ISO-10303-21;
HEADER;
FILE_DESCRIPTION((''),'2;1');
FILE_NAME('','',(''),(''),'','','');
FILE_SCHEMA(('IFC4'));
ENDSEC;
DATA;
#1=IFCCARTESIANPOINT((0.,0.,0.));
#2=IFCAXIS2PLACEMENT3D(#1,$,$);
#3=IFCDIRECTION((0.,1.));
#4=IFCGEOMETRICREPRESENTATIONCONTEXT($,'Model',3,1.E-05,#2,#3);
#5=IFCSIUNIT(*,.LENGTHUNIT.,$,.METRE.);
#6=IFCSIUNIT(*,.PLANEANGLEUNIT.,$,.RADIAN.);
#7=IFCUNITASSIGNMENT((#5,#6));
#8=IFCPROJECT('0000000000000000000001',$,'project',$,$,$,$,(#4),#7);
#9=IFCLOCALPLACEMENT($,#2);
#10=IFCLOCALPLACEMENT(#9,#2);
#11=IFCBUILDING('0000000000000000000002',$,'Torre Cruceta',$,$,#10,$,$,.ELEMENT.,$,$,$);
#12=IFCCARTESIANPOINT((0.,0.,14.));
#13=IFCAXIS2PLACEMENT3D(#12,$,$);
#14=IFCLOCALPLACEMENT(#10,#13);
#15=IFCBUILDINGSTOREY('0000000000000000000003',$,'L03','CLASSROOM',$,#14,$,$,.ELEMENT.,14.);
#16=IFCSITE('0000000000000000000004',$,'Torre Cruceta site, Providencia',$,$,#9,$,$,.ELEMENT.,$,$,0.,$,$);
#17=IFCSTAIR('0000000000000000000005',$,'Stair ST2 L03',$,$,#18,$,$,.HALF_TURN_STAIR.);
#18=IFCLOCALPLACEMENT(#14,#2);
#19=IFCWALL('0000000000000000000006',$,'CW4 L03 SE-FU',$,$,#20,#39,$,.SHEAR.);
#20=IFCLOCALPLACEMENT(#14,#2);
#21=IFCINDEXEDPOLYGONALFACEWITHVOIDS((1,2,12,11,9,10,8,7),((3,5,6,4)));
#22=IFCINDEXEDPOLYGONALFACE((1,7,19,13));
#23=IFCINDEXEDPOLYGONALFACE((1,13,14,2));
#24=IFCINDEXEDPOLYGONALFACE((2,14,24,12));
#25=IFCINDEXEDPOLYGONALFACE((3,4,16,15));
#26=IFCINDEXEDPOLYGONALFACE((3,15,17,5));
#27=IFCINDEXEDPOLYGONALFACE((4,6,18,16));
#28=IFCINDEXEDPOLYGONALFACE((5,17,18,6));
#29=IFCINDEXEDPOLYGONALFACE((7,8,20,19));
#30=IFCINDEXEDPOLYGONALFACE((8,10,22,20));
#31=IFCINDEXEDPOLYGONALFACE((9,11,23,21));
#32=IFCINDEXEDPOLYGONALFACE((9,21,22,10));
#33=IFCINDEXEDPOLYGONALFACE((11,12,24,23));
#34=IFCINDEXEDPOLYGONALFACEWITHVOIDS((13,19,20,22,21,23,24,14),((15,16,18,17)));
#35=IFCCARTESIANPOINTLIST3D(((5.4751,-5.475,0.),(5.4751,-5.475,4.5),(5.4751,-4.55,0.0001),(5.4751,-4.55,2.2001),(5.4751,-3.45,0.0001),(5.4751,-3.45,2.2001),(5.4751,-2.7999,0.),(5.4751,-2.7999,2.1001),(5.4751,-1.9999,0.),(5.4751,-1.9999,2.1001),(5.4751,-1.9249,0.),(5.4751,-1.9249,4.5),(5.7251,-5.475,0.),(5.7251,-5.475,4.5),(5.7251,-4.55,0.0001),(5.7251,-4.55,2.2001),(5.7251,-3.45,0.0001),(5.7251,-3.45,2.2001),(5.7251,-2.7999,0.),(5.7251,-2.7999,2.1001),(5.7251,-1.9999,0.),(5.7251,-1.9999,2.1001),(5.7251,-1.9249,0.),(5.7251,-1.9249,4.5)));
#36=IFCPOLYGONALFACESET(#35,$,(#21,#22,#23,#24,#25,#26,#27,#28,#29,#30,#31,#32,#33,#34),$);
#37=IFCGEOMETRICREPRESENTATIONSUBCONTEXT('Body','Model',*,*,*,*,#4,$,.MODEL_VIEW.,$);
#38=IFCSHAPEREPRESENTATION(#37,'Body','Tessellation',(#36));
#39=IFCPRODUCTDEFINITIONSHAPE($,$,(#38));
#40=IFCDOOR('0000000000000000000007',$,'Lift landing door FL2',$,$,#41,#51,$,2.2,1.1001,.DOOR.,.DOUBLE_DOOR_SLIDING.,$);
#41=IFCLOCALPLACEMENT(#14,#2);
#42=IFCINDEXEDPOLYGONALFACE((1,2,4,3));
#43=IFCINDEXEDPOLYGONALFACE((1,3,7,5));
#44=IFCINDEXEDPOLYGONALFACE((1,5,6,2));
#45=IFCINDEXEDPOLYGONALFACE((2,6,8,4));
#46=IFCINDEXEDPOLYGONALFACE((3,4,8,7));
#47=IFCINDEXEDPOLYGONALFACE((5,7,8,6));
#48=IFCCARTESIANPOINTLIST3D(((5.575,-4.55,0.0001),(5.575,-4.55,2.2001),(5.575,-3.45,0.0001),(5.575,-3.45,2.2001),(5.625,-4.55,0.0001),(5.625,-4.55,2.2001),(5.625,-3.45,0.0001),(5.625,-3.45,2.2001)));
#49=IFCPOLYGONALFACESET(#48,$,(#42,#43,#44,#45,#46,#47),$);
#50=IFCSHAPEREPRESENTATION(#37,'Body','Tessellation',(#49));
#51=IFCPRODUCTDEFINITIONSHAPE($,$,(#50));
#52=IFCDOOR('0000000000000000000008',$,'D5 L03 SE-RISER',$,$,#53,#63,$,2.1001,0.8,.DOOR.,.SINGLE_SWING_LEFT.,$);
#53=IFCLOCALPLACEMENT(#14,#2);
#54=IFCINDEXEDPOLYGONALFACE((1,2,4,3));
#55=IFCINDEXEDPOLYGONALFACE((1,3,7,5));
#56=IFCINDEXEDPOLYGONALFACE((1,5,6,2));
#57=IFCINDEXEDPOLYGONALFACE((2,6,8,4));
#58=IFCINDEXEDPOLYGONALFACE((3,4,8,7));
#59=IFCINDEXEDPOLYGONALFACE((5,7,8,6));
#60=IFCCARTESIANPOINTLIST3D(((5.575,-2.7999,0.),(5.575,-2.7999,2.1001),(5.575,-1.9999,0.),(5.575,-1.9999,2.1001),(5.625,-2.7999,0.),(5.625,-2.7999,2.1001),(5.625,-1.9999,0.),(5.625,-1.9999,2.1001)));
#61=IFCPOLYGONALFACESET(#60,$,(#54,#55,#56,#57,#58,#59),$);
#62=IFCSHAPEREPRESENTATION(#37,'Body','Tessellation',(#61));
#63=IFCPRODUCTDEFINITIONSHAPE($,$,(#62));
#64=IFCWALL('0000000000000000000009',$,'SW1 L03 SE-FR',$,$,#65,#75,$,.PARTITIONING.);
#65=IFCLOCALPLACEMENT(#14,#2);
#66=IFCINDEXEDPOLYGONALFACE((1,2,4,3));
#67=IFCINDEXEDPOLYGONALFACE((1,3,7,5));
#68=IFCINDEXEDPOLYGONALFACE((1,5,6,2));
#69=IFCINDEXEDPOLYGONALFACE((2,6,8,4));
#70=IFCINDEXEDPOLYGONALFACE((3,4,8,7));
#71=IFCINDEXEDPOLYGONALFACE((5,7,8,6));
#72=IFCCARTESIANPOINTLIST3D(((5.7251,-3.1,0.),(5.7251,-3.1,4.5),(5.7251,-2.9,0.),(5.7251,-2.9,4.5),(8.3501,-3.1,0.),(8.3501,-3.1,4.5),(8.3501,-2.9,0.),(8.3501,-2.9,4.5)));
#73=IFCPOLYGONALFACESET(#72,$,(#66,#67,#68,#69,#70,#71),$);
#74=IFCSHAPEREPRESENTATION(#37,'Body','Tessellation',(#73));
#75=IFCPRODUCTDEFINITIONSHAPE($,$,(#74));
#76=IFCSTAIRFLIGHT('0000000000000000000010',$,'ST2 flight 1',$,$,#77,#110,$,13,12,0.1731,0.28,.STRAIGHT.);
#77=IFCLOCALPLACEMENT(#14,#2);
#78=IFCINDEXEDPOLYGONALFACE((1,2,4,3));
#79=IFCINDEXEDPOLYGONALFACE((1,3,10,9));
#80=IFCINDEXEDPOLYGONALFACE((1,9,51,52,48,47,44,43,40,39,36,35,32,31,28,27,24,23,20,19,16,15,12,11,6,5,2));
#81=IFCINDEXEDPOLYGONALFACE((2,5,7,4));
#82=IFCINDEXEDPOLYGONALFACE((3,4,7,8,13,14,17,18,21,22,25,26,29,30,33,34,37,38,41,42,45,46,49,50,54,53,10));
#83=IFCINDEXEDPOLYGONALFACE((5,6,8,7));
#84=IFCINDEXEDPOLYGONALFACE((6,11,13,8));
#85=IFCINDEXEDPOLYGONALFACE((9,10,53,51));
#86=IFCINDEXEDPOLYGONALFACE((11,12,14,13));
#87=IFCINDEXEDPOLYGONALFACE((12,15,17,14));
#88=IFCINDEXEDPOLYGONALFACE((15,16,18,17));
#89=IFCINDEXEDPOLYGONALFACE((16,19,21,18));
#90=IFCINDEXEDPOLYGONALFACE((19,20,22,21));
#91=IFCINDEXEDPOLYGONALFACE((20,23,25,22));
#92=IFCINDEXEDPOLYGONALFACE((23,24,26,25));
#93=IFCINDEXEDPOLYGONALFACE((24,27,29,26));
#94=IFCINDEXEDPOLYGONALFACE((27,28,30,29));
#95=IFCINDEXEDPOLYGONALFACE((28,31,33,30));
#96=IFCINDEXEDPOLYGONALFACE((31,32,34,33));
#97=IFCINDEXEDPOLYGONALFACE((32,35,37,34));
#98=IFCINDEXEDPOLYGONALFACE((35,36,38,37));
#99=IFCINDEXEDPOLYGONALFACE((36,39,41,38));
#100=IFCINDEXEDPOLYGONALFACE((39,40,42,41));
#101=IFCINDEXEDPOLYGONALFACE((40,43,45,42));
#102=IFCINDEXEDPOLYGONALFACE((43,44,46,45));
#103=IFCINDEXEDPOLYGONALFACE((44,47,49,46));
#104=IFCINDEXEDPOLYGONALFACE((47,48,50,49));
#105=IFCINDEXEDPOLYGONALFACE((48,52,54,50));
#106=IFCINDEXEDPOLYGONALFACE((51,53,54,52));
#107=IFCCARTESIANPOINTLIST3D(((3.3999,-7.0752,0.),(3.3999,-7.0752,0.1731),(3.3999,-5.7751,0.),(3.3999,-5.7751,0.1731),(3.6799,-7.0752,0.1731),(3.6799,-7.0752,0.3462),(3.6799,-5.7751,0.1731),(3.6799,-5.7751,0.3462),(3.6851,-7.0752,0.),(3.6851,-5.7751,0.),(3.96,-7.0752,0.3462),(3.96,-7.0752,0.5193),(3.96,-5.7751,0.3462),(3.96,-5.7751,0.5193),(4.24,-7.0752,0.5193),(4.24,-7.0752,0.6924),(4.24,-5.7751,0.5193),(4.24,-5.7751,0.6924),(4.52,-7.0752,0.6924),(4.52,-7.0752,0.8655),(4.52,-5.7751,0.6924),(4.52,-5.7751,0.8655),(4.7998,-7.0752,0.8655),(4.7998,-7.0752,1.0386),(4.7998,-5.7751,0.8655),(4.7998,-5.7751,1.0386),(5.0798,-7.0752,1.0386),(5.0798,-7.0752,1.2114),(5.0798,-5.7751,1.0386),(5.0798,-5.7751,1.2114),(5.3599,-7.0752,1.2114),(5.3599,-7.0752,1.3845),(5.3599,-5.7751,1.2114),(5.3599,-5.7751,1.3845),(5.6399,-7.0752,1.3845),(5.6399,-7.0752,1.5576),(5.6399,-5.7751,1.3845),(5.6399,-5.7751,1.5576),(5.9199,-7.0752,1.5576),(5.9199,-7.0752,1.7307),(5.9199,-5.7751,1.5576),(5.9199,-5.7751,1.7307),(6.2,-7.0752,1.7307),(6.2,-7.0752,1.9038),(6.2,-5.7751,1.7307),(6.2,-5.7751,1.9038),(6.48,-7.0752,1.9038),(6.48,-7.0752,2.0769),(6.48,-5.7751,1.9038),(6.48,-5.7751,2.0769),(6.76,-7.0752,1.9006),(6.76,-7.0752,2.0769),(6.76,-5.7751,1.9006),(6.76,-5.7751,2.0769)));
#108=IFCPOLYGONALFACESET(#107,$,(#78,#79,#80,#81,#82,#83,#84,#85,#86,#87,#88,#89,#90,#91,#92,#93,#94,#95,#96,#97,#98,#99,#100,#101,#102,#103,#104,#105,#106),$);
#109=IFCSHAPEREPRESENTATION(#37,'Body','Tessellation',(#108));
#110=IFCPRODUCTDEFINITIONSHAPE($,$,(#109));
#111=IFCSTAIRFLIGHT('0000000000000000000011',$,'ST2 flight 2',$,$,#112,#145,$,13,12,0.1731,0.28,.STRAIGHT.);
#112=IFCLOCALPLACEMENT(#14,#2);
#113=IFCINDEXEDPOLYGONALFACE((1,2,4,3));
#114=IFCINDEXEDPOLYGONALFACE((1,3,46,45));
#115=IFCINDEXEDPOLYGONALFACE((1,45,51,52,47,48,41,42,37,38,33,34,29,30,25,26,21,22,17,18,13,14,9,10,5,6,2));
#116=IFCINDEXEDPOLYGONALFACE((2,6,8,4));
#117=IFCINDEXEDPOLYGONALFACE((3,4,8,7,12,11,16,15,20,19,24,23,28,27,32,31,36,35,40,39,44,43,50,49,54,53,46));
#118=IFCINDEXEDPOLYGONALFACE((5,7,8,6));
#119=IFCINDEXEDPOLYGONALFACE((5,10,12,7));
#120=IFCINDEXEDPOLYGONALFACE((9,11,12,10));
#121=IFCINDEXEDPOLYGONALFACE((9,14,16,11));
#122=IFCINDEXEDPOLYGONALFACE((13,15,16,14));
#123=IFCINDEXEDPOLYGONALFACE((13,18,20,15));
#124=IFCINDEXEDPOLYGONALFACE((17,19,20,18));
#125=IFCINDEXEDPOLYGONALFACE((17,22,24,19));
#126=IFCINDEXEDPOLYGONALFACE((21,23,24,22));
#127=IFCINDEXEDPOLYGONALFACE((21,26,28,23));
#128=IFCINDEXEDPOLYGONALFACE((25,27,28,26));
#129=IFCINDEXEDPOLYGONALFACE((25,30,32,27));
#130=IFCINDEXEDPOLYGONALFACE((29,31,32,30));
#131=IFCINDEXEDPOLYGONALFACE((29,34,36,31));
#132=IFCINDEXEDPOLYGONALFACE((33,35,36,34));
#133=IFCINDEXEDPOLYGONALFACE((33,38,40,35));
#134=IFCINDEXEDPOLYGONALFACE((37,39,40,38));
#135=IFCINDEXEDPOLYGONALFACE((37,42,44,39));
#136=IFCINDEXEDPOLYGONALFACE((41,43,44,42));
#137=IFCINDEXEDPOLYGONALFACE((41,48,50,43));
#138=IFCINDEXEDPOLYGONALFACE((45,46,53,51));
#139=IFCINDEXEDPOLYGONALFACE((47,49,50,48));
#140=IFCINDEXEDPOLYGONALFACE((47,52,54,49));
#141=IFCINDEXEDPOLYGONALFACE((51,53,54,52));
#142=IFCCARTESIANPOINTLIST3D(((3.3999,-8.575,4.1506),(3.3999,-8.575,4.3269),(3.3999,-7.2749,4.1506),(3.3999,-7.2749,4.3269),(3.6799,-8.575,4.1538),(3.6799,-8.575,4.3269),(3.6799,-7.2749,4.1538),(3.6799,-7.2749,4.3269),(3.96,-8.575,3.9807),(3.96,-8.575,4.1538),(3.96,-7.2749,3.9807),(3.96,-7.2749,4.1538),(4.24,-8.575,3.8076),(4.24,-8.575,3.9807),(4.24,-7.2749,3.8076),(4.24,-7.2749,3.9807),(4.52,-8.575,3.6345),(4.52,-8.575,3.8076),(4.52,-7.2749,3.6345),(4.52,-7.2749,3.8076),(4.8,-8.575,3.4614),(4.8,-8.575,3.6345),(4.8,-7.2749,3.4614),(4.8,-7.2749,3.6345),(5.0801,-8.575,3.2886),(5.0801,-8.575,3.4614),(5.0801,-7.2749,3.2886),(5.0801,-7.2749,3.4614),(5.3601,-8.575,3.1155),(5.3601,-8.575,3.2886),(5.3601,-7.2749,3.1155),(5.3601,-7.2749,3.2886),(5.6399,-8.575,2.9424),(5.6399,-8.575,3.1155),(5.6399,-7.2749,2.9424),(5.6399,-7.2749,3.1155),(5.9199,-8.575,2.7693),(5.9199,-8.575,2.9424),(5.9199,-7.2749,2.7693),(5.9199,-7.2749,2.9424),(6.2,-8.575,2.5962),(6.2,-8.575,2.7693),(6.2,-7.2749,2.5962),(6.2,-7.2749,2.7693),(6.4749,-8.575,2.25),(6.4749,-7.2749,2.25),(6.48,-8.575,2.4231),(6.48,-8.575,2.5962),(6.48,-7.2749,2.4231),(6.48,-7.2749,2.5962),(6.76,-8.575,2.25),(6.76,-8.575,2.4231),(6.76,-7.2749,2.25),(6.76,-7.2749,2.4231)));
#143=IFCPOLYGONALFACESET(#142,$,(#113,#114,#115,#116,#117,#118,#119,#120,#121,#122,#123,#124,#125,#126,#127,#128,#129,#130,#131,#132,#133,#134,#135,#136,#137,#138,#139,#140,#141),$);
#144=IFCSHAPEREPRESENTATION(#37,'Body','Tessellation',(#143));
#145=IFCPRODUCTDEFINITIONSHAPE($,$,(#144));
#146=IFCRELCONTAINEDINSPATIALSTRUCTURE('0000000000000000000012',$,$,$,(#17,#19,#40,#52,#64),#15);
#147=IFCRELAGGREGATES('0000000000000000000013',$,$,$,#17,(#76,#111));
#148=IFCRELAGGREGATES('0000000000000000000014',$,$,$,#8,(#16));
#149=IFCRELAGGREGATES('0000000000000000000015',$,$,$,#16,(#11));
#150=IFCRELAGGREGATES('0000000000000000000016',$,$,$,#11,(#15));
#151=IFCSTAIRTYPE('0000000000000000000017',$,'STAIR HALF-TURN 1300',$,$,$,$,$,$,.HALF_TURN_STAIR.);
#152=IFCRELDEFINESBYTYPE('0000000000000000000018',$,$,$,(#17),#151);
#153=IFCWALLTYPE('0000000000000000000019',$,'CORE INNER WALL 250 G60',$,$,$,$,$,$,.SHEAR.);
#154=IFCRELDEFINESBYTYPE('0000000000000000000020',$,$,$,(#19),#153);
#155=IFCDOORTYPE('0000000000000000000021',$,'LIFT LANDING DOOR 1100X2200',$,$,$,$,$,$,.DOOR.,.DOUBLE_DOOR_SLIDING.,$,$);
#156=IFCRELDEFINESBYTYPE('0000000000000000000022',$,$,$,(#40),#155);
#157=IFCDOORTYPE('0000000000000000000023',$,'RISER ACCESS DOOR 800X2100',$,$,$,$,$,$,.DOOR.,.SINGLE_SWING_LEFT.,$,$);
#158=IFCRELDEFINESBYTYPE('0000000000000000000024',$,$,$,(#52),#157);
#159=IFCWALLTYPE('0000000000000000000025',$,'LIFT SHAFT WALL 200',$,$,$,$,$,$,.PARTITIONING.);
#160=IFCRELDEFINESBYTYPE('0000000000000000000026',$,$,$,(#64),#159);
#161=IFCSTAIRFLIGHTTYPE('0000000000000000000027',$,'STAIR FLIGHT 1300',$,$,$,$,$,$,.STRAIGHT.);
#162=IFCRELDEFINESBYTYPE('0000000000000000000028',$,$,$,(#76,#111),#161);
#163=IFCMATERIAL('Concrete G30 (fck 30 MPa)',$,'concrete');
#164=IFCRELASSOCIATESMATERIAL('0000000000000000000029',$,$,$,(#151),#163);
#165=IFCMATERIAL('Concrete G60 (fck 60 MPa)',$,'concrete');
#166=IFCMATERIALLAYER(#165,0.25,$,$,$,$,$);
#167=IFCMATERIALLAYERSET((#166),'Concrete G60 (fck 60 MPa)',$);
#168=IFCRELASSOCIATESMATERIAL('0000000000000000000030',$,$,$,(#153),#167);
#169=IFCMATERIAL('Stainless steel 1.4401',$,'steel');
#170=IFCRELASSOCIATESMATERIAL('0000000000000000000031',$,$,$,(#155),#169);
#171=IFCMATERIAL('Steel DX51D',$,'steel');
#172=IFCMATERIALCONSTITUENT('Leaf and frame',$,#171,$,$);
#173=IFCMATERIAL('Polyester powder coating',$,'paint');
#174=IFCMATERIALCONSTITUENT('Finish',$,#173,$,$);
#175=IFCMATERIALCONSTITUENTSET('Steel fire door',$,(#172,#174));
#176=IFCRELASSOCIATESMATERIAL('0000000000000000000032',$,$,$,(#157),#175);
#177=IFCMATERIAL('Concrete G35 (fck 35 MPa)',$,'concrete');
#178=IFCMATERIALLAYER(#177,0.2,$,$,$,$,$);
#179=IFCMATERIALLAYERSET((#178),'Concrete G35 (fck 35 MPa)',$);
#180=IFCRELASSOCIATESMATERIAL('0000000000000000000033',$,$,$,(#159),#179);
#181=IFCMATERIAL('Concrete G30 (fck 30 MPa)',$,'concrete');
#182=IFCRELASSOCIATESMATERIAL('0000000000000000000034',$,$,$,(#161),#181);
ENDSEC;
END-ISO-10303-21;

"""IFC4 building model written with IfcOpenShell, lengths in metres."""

from ifc_helpers import new_model, si_unit, direction, frame, frame_2d, origin, place, context, subcontext, project, spatial, polyline, rectangle, outline, extrude, material, layer, layer_set, constituent, constituent_set, type_object, element, fill, aggregate, save


model = new_model("IFC4")

# Units and contexts
model_context = context("Model", 3, precision=1e-05, world=origin(), true_north=direction((0.0, 1.0)))
body_context = subcontext(model_context, "Body", "Model", "MODEL_VIEW")
ifc_project = project(units=[si_unit("LENGTHUNIT", "METRE"), si_unit("PLANEANGLEUNIT", "RADIAN")], contexts=[model_context])

# Site, building, storey
site_placement = place(None, origin())
site = spatial("IfcSite", under=ifc_project, at=site_placement, Name="Torre Cruceta site, Providencia", CompositionType="ELEMENT", RefElevation=0.0)
building_placement = place(site_placement, origin())
building = spatial("IfcBuilding", under=site, at=building_placement, Name="Torre Cruceta", CompositionType="ELEMENT")
storey_placement = place(building_placement, frame((0.0, 0.0, 14.0)))
storey = spatial("IfcBuildingStorey", under=building, at=storey_placement, Name="L03", Description="CLASSROOM", CompositionType="ELEMENT", Elevation=14.0)

# Stair
ifc_material_1 = material(Name="Concrete G30 (fck 30 MPa)", Category="concrete")
stair_type = type_object("IfcStairType", Name="STAIR HALF-TURN 1300", PredefinedType="HALF_TURN_STAIR", material=ifc_material_1)
stair_1_placement = place(storey_placement, origin())
stair_1 = element("IfcStair", 1, at=stair_1_placement, inside=storey, type_object=stair_type, Name="Stair ST2 L03", PredefinedType="HALF_TURN_STAIR")

# Shared definitions
ifc_material_2 = material(Name="Concrete G60 (fck 60 MPa)", Category="concrete")
ifc_layer_1 = layer(ifc_material_2, 0.25)
ifc_layer_set_1 = layer_set([ifc_layer_1], Name="Concrete G60 (fck 60 MPa)")
wall_type_1 = type_object("IfcWallType", Name="CORE INNER WALL 250 G60", PredefinedType="SHEAR", material=ifc_layer_set_1)

# Wall, openings, doors
wall_1_placement = place(storey_placement, frame((5.6001, -1.925, 0.0), z_axis=(0.0, 0.0, 1.0), x_axis=(0.0, -1.0, 0.0)))
wall_1 = element("IfcWall", 2, at=wall_1_placement, inside=storey, type_object=wall_type_1, Name="CW4 L03 SE-FU", PredefinedType="SHEAR", context=body_context, shape_type="SweptSolid", body=[
    extrude(rectangle(XDim=3.55, YDim=0.25, at=frame_2d((1.7749, 0.0))), origin(), (0.0, 0.0, 1.0), 4.5),
])
opening_1_placement = place(wall_1_placement, frame((1.5249, 0.0, 0.0)))
opening_1 = element("IfcOpeningElement", 3, at=opening_1_placement, cuts=wall_1, PredefinedType="OPENING", context=body_context, shape_type="SweptSolid", body=[
    extrude(rectangle(XDim=1.1001, YDim=2.2, at=frame_2d((0.55, 1.1001))), frame((0.0, 0.135, 0.0), z_axis=(0.0, -1.0, 0.0), x_axis=(1.0, 0.0, 0.0)), (0.0, 0.0, 1.0), 0.27),
])
opening_2_placement = place(wall_1_placement, frame((0.075, 0.0, 0.0)))
opening_2 = element("IfcOpeningElement", 4, at=opening_2_placement, cuts=wall_1, PredefinedType="OPENING", context=body_context, shape_type="SweptSolid", body=[
    extrude(rectangle(XDim=0.8, YDim=2.1001, at=frame_2d((0.3999, 1.05))), frame((0.0, 0.135, 0.0), z_axis=(0.0, -1.0, 0.0), x_axis=(1.0, 0.0, 0.0)), (0.0, 0.0, 1.0), 0.27),
])
ifc_material_3 = material(Name="Stainless steel 1.4401", Category="steel")
door_type_1 = type_object("IfcDoorType", Name="LIFT LANDING DOOR 1100X2200", OperationType="DOUBLE_DOOR_SLIDING", PredefinedType="DOOR", material=ifc_material_3)
door_1_placement = place(opening_1_placement, origin())
door_1 = element("IfcDoor", 5, at=door_1_placement, inside=storey, type_object=door_type_1, Name="Lift landing door FL2", OperationType="DOUBLE_DOOR_SLIDING", OverallHeight=2.2, OverallWidth=1.1001, PredefinedType="DOOR", context=body_context, shape_type="SweptSolid", body=[
    extrude(rectangle(XDim=1.1001, YDim=2.2, at=frame_2d((0.55, 1.1001))), frame((0.0, 0.0249, 0.0), z_axis=(0.0, -1.0, 0.0), x_axis=(1.0, 0.0, 0.0)), (0.0, 0.0, 1.0), 0.05),
])
fill(opening_1, door_1)
ifc_material_4 = material(Name="Steel DX51D", Category="steel")
ifc_constituent_1 = constituent(ifc_material_4, Name="Leaf and frame")
ifc_material_5 = material(Name="Polyester powder coating", Category="paint")
ifc_constituent_2 = constituent(ifc_material_5, Name="Finish")
ifc_constituent_set_1 = constituent_set(constituents=[ifc_constituent_1, ifc_constituent_2], Name="Steel fire door")
door_type_2 = type_object("IfcDoorType", Name="RISER ACCESS DOOR 800X2100", OperationType="SINGLE_SWING_LEFT", PredefinedType="DOOR", material=ifc_constituent_set_1)
door_2_placement = place(opening_2_placement, origin())
door_2 = element("IfcDoor", 6, at=door_2_placement, inside=storey, type_object=door_type_2, Name="D5 L03 SE-RISER", OperationType="SINGLE_SWING_LEFT", OverallHeight=2.1001, OverallWidth=0.8, PredefinedType="DOOR", context=body_context, shape_type="SweptSolid", body=[
    extrude(rectangle(XDim=0.8, YDim=2.1001, at=frame_2d((0.3999, 1.05))), frame((0.0, 0.0249, 0.0), z_axis=(0.0, -1.0, 0.0), x_axis=(1.0, 0.0, 0.0)), (0.0, 0.0, 1.0), 0.05),
])
fill(opening_2, door_2)

# Wall
ifc_material_6 = material(Name="Concrete G35 (fck 35 MPa)", Category="concrete")
ifc_layer_2 = layer(ifc_material_6, 0.2)
ifc_layer_set_2 = layer_set([ifc_layer_2], Name="Concrete G35 (fck 35 MPa)")
wall_type_2 = type_object("IfcWallType", Name="LIFT SHAFT WALL 200", PredefinedType="PARTITIONING", material=ifc_layer_set_2)
wall_2_placement = place(storey_placement, frame((5.7251, -3.0, 0.0), z_axis=(0.0, 0.0, 1.0), x_axis=(1.0, 0.0, 0.0)))
element("IfcWall", 7, at=wall_2_placement, inside=storey, type_object=wall_type_2, Name="SW1 L03 SE-FR", PredefinedType="PARTITIONING", context=body_context, shape_type="SweptSolid", body=[
    extrude(rectangle(XDim=2.625, YDim=0.2, at=frame_2d((1.3125, 0.0))), origin(), (0.0, 0.0, 1.0), 4.5),
])

# Stair flights
ifc_material_7 = material(Name="Concrete G30 (fck 30 MPa)", Category="concrete")
stair_flight_type = type_object("IfcStairFlightType", Name="STAIR FLIGHT 1300", PredefinedType="STRAIGHT", material=ifc_material_7)
stair_flight_1_placement = place(storey_placement, frame((3.3999, -6.425, 0.0), z_axis=(0.0, 0.0, 1.0), x_axis=(1.0, 0.0, 0.0)))
stair_flight_1 = element("IfcStairFlight", 8, at=stair_flight_1_placement, type_object=stair_flight_type, Name="ST2 flight 1", NumberOfRisers=13, NumberOfTreads=12, PredefinedType="STRAIGHT", RiserHeight=0.1731, TreadLength=0.28, context=body_context, shape_type="SweptSolid", body=[
    extrude(outline(polyline([(0.0, 0.0), (0.0, 0.1731), (0.28, 0.1731), (0.28, 0.3462), (0.5601, 0.3462), (0.5601, 0.5193), (0.8401, 0.5193), (0.8401, 0.6924), (1.1201, 0.6924), (1.1201, 0.8655), (1.3999, 0.8655), (1.3999, 1.0386), (1.6799, 1.0386), (1.6799, 1.2114), (1.96, 1.2114), (1.96, 1.3845), (2.24, 1.3845), (2.24, 1.5576), (2.52, 1.5576), (2.52, 1.7307), (2.8, 1.7307), (2.8, 1.9038), (3.0801, 1.9038), (3.0801, 2.0769), (3.3601, 2.0769), (3.3601, 2.25), (3.3601, 1.9006), (0.2852, 0.0), (0.0, 0.0)])), frame((0.0, 0.6499, 0.0), z_axis=(0.0, -1.0, 0.0), x_axis=(1.0, 0.0, 0.0)), (0.0, 0.0, 1.0), 1.3),
])
stair_flight_2_placement = place(storey_placement, frame((6.76, -7.925, 2.25), z_axis=(0.0, 0.0, 1.0), x_axis=(-1.0, 0.0, 0.0)))
stair_flight_2 = element("IfcStairFlight", 9, at=stair_flight_2_placement, type_object=stair_flight_type, Name="ST2 flight 2", NumberOfRisers=13, NumberOfTreads=12, PredefinedType="STRAIGHT", RiserHeight=0.1731, TreadLength=0.28, context=body_context, shape_type="SweptSolid", body=[
    extrude(outline(polyline([(0.0, 0.0), (0.0, 0.1731), (0.28, 0.1731), (0.28, 0.3462), (0.5601, 0.3462), (0.5601, 0.5193), (0.8401, 0.5193), (0.8401, 0.6924), (1.1201, 0.6924), (1.1201, 0.8655), (1.3999, 0.8655), (1.3999, 1.0386), (1.6799, 1.0386), (1.6799, 1.2114), (1.96, 1.2114), (1.96, 1.3845), (2.24, 1.3845), (2.24, 1.5576), (2.52, 1.5576), (2.52, 1.7307), (2.8, 1.7307), (2.8, 1.9038), (3.0801, 1.9038), (3.0801, 2.0769), (3.3601, 2.0769), (3.3601, 2.25), (3.3601, 1.9006), (0.2852, 0.0), (0.0, 0.0)])), frame((0.0, 0.6499, 0.0), z_axis=(0.0, -1.0, 0.0), x_axis=(1.0, 0.0, 0.0)), (0.0, 0.0, 1.0), 1.3),
])
aggregate(stair_1, [stair_flight_1, stair_flight_2])

save(model, "model.ifc")
